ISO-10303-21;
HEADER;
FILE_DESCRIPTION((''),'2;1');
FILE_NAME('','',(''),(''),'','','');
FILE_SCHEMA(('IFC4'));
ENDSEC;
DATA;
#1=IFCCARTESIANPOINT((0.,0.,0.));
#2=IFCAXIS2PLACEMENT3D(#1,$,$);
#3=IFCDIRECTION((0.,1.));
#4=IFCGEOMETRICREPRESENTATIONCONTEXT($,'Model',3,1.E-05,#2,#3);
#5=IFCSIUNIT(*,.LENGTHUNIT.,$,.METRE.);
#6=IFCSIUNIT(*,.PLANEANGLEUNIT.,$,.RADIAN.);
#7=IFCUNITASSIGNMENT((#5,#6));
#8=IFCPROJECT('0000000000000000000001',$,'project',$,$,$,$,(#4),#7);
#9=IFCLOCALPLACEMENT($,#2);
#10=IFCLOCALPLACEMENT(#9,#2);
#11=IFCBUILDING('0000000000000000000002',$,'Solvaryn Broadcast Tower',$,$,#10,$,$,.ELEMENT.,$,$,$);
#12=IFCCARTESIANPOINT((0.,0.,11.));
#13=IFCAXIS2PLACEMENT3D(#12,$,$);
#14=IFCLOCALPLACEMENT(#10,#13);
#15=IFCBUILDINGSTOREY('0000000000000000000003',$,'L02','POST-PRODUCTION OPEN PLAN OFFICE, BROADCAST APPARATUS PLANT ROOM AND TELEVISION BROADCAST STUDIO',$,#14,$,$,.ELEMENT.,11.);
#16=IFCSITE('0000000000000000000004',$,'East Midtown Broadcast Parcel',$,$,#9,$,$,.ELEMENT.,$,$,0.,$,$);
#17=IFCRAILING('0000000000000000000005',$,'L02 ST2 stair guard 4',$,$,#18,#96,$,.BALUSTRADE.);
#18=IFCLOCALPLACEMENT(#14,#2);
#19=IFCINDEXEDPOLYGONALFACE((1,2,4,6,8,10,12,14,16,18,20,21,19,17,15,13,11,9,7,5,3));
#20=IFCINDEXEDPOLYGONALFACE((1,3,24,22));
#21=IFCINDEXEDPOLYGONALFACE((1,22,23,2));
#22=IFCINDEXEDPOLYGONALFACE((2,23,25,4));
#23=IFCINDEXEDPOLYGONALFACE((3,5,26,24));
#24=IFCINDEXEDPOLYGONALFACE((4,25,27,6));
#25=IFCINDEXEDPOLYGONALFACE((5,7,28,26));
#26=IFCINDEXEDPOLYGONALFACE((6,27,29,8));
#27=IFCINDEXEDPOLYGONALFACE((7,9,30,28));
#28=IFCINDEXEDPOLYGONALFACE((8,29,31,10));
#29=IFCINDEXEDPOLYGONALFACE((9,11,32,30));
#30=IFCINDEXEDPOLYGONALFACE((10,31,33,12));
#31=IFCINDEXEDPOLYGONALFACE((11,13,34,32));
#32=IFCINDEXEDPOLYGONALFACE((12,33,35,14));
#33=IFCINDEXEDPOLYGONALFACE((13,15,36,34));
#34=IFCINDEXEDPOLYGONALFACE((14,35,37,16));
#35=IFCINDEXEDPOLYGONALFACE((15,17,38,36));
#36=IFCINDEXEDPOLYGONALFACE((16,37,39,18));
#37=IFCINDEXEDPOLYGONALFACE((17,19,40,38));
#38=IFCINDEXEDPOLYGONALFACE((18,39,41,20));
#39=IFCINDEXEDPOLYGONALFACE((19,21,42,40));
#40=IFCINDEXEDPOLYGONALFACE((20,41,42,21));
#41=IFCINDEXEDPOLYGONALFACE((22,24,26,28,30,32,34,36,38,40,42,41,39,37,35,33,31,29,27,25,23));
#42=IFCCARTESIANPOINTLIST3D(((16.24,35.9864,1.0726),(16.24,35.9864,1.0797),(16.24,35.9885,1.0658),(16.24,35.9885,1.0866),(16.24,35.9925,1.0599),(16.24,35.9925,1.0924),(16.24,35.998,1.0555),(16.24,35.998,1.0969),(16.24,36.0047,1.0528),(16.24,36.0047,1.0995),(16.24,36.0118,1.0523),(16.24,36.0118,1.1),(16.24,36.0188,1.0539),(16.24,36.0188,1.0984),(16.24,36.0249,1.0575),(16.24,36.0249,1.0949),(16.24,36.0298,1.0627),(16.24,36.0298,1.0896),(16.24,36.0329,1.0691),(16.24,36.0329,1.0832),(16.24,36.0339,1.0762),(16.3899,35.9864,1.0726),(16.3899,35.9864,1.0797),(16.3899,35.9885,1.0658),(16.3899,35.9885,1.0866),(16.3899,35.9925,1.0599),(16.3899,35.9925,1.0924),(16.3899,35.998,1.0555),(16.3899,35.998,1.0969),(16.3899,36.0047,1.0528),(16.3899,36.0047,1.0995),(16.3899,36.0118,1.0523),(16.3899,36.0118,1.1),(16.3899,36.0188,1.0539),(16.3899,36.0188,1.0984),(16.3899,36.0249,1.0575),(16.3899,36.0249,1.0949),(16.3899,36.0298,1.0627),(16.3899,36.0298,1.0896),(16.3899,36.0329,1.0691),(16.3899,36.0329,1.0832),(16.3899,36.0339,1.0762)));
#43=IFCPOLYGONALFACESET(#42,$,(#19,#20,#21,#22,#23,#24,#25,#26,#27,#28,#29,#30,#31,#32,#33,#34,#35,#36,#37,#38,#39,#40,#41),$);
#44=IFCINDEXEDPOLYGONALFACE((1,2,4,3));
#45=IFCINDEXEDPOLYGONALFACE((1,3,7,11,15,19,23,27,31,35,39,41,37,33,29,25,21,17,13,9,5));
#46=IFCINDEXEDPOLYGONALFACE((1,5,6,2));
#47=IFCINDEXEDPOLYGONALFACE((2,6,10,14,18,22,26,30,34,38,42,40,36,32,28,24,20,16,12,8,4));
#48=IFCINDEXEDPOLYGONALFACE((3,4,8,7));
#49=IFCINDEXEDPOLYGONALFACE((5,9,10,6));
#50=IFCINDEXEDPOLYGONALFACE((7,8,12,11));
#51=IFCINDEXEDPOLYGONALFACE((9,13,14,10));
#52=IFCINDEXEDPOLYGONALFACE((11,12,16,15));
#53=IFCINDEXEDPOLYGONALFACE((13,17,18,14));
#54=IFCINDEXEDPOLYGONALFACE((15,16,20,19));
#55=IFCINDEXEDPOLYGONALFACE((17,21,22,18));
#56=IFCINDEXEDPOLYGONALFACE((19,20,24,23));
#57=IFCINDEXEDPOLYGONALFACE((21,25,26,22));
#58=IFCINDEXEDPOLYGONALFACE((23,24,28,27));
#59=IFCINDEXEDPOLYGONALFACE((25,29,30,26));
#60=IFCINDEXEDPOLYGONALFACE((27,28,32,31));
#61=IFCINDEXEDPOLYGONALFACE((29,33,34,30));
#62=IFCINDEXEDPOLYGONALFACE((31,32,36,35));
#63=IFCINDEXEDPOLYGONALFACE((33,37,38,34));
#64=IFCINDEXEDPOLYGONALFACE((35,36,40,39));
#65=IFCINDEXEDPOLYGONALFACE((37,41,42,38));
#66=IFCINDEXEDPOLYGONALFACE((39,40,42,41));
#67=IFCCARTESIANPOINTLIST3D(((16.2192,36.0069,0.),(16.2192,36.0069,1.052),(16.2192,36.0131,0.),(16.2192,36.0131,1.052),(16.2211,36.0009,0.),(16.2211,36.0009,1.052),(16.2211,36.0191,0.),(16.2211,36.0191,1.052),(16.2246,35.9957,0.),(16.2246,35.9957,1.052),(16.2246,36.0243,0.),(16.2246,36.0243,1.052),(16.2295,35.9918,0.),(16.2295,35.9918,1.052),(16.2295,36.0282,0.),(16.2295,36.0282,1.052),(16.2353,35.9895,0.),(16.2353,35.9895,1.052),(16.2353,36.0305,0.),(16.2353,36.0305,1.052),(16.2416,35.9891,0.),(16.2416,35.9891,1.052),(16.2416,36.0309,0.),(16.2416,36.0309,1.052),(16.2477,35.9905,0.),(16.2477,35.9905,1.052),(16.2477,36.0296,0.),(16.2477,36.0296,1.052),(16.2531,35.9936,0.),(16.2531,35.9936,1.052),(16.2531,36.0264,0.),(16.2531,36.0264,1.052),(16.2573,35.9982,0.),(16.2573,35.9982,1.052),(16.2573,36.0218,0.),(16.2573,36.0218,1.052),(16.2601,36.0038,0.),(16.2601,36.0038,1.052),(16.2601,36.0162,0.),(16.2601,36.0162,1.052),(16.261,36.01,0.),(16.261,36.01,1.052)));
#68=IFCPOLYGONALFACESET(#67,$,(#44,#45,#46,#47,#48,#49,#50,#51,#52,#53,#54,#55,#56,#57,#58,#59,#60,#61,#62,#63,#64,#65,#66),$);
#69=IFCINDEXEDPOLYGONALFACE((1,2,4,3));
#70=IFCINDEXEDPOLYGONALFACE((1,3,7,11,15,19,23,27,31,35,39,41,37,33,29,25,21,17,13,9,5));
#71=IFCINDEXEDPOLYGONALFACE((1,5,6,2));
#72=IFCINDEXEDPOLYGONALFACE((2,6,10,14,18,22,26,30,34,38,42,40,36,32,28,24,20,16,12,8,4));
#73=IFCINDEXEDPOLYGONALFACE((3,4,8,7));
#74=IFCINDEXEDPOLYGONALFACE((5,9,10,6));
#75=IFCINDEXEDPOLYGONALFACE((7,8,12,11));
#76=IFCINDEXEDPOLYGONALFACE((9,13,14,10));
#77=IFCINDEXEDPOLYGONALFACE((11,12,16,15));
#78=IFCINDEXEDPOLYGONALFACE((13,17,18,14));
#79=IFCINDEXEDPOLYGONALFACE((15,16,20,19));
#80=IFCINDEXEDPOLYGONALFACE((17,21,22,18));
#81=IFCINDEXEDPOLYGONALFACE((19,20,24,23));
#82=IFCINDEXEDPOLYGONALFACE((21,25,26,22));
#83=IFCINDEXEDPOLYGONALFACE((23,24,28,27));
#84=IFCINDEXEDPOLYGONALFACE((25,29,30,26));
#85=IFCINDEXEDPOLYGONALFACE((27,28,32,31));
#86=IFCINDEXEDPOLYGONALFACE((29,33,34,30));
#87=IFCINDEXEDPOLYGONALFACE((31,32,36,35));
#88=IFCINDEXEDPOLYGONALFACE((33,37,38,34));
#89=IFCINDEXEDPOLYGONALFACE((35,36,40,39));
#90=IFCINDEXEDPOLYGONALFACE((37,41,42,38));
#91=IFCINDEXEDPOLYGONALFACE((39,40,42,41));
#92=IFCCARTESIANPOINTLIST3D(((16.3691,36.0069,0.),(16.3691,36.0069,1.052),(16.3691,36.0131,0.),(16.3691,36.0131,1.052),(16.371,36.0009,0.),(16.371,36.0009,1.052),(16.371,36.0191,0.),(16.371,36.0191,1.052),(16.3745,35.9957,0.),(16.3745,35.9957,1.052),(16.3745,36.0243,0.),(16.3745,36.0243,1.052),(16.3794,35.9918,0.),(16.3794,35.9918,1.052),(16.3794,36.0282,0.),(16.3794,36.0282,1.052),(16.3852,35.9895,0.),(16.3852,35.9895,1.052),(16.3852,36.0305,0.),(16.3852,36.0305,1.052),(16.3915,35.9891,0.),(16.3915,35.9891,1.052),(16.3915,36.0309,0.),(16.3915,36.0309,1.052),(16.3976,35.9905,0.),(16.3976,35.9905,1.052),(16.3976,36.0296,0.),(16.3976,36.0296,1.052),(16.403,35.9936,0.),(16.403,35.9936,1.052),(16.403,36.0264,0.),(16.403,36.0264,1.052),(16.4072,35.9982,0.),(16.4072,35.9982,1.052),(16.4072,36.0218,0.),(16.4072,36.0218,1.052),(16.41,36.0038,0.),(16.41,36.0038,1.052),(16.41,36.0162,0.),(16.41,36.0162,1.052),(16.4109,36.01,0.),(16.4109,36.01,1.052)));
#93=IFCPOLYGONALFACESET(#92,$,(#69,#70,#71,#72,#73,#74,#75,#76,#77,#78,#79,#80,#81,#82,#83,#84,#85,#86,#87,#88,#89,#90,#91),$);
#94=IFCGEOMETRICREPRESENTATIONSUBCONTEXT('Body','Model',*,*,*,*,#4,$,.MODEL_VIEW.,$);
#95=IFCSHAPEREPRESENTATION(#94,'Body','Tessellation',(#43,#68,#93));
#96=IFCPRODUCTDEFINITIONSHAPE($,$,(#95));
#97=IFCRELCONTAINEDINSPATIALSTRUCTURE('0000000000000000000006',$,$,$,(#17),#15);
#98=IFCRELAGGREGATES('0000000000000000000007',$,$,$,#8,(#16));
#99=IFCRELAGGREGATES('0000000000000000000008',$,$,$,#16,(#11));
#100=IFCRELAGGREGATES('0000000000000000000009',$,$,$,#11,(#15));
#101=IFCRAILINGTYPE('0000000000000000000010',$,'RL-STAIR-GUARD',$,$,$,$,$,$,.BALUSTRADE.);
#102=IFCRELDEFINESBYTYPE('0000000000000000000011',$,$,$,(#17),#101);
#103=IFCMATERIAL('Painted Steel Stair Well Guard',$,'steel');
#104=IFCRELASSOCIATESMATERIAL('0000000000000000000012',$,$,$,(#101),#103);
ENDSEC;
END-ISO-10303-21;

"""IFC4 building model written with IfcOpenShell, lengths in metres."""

from ifc_helpers import new_model, si_unit, direction, frame, origin, origin_2d, place, context, subcontext, project, spatial, circle, extrude, material, type_object, element, save


model = new_model("IFC4")

# Units and contexts
model_context = context("Model", 3, precision=1e-05, world=origin(), true_north=direction((0.0, 1.0)))
body_context = subcontext(model_context, "Body", "Model", "MODEL_VIEW")
ifc_project = project(units=[si_unit("LENGTHUNIT", "METRE"), si_unit("PLANEANGLEUNIT", "RADIAN")], contexts=[model_context])

# Site, building, storey
site_placement = place(None, origin())
site = spatial("IfcSite", under=ifc_project, at=site_placement, Name="East Midtown Broadcast Parcel", CompositionType="ELEMENT", RefElevation=0.0)
building_placement = place(site_placement, origin())
building = spatial("IfcBuilding", under=site, at=building_placement, Name="Solvaryn Broadcast Tower", CompositionType="ELEMENT")
storey_placement = place(building_placement, frame((0.0, 0.0, 11.0)))
storey = spatial("IfcBuildingStorey", under=building, at=storey_placement, Name="L02", Description="POST-PRODUCTION OPEN PLAN OFFICE, BROADCAST APPARATUS PLANT ROOM AND TELEVISION BROADCAST STUDIO", CompositionType="ELEMENT", Elevation=11.0)

# Railing
ifc_material_1 = material(Name="Painted Steel Stair Well Guard", Category="steel")
railing_type = type_object("IfcRailingType", Name="RL-STAIR-GUARD", PredefinedType="BALUSTRADE", material=ifc_material_1)
railing_1_placement = place(storey_placement, frame((16.24, 36.01, 0.0)))
element("IfcRailing", 1, at=railing_1_placement, inside=storey, type_object=railing_type, Name="L02 ST2 stair guard 4", PredefinedType="BALUSTRADE", context=body_context, shape_type="SweptSolid", body=[
    extrude(circle(Radius=0.0239, at=origin_2d()), frame((0.0, 0.0, 1.0762), z_axis=(1.0, 0.0, 0.0), x_axis=(0.0, 1.0, 0.0)), (0.0, 0.0, 1.0), 0.1499),
    extrude(circle(Radius=0.021, at=origin_2d()), origin(), (0.0, 0.0, 1.0), 1.052),
    extrude(circle(Radius=0.021, at=origin_2d()), frame((0.1499, 0.0, 0.0)), (0.0, 0.0, 1.0), 1.052),
])

save(model, "model.ifc")
